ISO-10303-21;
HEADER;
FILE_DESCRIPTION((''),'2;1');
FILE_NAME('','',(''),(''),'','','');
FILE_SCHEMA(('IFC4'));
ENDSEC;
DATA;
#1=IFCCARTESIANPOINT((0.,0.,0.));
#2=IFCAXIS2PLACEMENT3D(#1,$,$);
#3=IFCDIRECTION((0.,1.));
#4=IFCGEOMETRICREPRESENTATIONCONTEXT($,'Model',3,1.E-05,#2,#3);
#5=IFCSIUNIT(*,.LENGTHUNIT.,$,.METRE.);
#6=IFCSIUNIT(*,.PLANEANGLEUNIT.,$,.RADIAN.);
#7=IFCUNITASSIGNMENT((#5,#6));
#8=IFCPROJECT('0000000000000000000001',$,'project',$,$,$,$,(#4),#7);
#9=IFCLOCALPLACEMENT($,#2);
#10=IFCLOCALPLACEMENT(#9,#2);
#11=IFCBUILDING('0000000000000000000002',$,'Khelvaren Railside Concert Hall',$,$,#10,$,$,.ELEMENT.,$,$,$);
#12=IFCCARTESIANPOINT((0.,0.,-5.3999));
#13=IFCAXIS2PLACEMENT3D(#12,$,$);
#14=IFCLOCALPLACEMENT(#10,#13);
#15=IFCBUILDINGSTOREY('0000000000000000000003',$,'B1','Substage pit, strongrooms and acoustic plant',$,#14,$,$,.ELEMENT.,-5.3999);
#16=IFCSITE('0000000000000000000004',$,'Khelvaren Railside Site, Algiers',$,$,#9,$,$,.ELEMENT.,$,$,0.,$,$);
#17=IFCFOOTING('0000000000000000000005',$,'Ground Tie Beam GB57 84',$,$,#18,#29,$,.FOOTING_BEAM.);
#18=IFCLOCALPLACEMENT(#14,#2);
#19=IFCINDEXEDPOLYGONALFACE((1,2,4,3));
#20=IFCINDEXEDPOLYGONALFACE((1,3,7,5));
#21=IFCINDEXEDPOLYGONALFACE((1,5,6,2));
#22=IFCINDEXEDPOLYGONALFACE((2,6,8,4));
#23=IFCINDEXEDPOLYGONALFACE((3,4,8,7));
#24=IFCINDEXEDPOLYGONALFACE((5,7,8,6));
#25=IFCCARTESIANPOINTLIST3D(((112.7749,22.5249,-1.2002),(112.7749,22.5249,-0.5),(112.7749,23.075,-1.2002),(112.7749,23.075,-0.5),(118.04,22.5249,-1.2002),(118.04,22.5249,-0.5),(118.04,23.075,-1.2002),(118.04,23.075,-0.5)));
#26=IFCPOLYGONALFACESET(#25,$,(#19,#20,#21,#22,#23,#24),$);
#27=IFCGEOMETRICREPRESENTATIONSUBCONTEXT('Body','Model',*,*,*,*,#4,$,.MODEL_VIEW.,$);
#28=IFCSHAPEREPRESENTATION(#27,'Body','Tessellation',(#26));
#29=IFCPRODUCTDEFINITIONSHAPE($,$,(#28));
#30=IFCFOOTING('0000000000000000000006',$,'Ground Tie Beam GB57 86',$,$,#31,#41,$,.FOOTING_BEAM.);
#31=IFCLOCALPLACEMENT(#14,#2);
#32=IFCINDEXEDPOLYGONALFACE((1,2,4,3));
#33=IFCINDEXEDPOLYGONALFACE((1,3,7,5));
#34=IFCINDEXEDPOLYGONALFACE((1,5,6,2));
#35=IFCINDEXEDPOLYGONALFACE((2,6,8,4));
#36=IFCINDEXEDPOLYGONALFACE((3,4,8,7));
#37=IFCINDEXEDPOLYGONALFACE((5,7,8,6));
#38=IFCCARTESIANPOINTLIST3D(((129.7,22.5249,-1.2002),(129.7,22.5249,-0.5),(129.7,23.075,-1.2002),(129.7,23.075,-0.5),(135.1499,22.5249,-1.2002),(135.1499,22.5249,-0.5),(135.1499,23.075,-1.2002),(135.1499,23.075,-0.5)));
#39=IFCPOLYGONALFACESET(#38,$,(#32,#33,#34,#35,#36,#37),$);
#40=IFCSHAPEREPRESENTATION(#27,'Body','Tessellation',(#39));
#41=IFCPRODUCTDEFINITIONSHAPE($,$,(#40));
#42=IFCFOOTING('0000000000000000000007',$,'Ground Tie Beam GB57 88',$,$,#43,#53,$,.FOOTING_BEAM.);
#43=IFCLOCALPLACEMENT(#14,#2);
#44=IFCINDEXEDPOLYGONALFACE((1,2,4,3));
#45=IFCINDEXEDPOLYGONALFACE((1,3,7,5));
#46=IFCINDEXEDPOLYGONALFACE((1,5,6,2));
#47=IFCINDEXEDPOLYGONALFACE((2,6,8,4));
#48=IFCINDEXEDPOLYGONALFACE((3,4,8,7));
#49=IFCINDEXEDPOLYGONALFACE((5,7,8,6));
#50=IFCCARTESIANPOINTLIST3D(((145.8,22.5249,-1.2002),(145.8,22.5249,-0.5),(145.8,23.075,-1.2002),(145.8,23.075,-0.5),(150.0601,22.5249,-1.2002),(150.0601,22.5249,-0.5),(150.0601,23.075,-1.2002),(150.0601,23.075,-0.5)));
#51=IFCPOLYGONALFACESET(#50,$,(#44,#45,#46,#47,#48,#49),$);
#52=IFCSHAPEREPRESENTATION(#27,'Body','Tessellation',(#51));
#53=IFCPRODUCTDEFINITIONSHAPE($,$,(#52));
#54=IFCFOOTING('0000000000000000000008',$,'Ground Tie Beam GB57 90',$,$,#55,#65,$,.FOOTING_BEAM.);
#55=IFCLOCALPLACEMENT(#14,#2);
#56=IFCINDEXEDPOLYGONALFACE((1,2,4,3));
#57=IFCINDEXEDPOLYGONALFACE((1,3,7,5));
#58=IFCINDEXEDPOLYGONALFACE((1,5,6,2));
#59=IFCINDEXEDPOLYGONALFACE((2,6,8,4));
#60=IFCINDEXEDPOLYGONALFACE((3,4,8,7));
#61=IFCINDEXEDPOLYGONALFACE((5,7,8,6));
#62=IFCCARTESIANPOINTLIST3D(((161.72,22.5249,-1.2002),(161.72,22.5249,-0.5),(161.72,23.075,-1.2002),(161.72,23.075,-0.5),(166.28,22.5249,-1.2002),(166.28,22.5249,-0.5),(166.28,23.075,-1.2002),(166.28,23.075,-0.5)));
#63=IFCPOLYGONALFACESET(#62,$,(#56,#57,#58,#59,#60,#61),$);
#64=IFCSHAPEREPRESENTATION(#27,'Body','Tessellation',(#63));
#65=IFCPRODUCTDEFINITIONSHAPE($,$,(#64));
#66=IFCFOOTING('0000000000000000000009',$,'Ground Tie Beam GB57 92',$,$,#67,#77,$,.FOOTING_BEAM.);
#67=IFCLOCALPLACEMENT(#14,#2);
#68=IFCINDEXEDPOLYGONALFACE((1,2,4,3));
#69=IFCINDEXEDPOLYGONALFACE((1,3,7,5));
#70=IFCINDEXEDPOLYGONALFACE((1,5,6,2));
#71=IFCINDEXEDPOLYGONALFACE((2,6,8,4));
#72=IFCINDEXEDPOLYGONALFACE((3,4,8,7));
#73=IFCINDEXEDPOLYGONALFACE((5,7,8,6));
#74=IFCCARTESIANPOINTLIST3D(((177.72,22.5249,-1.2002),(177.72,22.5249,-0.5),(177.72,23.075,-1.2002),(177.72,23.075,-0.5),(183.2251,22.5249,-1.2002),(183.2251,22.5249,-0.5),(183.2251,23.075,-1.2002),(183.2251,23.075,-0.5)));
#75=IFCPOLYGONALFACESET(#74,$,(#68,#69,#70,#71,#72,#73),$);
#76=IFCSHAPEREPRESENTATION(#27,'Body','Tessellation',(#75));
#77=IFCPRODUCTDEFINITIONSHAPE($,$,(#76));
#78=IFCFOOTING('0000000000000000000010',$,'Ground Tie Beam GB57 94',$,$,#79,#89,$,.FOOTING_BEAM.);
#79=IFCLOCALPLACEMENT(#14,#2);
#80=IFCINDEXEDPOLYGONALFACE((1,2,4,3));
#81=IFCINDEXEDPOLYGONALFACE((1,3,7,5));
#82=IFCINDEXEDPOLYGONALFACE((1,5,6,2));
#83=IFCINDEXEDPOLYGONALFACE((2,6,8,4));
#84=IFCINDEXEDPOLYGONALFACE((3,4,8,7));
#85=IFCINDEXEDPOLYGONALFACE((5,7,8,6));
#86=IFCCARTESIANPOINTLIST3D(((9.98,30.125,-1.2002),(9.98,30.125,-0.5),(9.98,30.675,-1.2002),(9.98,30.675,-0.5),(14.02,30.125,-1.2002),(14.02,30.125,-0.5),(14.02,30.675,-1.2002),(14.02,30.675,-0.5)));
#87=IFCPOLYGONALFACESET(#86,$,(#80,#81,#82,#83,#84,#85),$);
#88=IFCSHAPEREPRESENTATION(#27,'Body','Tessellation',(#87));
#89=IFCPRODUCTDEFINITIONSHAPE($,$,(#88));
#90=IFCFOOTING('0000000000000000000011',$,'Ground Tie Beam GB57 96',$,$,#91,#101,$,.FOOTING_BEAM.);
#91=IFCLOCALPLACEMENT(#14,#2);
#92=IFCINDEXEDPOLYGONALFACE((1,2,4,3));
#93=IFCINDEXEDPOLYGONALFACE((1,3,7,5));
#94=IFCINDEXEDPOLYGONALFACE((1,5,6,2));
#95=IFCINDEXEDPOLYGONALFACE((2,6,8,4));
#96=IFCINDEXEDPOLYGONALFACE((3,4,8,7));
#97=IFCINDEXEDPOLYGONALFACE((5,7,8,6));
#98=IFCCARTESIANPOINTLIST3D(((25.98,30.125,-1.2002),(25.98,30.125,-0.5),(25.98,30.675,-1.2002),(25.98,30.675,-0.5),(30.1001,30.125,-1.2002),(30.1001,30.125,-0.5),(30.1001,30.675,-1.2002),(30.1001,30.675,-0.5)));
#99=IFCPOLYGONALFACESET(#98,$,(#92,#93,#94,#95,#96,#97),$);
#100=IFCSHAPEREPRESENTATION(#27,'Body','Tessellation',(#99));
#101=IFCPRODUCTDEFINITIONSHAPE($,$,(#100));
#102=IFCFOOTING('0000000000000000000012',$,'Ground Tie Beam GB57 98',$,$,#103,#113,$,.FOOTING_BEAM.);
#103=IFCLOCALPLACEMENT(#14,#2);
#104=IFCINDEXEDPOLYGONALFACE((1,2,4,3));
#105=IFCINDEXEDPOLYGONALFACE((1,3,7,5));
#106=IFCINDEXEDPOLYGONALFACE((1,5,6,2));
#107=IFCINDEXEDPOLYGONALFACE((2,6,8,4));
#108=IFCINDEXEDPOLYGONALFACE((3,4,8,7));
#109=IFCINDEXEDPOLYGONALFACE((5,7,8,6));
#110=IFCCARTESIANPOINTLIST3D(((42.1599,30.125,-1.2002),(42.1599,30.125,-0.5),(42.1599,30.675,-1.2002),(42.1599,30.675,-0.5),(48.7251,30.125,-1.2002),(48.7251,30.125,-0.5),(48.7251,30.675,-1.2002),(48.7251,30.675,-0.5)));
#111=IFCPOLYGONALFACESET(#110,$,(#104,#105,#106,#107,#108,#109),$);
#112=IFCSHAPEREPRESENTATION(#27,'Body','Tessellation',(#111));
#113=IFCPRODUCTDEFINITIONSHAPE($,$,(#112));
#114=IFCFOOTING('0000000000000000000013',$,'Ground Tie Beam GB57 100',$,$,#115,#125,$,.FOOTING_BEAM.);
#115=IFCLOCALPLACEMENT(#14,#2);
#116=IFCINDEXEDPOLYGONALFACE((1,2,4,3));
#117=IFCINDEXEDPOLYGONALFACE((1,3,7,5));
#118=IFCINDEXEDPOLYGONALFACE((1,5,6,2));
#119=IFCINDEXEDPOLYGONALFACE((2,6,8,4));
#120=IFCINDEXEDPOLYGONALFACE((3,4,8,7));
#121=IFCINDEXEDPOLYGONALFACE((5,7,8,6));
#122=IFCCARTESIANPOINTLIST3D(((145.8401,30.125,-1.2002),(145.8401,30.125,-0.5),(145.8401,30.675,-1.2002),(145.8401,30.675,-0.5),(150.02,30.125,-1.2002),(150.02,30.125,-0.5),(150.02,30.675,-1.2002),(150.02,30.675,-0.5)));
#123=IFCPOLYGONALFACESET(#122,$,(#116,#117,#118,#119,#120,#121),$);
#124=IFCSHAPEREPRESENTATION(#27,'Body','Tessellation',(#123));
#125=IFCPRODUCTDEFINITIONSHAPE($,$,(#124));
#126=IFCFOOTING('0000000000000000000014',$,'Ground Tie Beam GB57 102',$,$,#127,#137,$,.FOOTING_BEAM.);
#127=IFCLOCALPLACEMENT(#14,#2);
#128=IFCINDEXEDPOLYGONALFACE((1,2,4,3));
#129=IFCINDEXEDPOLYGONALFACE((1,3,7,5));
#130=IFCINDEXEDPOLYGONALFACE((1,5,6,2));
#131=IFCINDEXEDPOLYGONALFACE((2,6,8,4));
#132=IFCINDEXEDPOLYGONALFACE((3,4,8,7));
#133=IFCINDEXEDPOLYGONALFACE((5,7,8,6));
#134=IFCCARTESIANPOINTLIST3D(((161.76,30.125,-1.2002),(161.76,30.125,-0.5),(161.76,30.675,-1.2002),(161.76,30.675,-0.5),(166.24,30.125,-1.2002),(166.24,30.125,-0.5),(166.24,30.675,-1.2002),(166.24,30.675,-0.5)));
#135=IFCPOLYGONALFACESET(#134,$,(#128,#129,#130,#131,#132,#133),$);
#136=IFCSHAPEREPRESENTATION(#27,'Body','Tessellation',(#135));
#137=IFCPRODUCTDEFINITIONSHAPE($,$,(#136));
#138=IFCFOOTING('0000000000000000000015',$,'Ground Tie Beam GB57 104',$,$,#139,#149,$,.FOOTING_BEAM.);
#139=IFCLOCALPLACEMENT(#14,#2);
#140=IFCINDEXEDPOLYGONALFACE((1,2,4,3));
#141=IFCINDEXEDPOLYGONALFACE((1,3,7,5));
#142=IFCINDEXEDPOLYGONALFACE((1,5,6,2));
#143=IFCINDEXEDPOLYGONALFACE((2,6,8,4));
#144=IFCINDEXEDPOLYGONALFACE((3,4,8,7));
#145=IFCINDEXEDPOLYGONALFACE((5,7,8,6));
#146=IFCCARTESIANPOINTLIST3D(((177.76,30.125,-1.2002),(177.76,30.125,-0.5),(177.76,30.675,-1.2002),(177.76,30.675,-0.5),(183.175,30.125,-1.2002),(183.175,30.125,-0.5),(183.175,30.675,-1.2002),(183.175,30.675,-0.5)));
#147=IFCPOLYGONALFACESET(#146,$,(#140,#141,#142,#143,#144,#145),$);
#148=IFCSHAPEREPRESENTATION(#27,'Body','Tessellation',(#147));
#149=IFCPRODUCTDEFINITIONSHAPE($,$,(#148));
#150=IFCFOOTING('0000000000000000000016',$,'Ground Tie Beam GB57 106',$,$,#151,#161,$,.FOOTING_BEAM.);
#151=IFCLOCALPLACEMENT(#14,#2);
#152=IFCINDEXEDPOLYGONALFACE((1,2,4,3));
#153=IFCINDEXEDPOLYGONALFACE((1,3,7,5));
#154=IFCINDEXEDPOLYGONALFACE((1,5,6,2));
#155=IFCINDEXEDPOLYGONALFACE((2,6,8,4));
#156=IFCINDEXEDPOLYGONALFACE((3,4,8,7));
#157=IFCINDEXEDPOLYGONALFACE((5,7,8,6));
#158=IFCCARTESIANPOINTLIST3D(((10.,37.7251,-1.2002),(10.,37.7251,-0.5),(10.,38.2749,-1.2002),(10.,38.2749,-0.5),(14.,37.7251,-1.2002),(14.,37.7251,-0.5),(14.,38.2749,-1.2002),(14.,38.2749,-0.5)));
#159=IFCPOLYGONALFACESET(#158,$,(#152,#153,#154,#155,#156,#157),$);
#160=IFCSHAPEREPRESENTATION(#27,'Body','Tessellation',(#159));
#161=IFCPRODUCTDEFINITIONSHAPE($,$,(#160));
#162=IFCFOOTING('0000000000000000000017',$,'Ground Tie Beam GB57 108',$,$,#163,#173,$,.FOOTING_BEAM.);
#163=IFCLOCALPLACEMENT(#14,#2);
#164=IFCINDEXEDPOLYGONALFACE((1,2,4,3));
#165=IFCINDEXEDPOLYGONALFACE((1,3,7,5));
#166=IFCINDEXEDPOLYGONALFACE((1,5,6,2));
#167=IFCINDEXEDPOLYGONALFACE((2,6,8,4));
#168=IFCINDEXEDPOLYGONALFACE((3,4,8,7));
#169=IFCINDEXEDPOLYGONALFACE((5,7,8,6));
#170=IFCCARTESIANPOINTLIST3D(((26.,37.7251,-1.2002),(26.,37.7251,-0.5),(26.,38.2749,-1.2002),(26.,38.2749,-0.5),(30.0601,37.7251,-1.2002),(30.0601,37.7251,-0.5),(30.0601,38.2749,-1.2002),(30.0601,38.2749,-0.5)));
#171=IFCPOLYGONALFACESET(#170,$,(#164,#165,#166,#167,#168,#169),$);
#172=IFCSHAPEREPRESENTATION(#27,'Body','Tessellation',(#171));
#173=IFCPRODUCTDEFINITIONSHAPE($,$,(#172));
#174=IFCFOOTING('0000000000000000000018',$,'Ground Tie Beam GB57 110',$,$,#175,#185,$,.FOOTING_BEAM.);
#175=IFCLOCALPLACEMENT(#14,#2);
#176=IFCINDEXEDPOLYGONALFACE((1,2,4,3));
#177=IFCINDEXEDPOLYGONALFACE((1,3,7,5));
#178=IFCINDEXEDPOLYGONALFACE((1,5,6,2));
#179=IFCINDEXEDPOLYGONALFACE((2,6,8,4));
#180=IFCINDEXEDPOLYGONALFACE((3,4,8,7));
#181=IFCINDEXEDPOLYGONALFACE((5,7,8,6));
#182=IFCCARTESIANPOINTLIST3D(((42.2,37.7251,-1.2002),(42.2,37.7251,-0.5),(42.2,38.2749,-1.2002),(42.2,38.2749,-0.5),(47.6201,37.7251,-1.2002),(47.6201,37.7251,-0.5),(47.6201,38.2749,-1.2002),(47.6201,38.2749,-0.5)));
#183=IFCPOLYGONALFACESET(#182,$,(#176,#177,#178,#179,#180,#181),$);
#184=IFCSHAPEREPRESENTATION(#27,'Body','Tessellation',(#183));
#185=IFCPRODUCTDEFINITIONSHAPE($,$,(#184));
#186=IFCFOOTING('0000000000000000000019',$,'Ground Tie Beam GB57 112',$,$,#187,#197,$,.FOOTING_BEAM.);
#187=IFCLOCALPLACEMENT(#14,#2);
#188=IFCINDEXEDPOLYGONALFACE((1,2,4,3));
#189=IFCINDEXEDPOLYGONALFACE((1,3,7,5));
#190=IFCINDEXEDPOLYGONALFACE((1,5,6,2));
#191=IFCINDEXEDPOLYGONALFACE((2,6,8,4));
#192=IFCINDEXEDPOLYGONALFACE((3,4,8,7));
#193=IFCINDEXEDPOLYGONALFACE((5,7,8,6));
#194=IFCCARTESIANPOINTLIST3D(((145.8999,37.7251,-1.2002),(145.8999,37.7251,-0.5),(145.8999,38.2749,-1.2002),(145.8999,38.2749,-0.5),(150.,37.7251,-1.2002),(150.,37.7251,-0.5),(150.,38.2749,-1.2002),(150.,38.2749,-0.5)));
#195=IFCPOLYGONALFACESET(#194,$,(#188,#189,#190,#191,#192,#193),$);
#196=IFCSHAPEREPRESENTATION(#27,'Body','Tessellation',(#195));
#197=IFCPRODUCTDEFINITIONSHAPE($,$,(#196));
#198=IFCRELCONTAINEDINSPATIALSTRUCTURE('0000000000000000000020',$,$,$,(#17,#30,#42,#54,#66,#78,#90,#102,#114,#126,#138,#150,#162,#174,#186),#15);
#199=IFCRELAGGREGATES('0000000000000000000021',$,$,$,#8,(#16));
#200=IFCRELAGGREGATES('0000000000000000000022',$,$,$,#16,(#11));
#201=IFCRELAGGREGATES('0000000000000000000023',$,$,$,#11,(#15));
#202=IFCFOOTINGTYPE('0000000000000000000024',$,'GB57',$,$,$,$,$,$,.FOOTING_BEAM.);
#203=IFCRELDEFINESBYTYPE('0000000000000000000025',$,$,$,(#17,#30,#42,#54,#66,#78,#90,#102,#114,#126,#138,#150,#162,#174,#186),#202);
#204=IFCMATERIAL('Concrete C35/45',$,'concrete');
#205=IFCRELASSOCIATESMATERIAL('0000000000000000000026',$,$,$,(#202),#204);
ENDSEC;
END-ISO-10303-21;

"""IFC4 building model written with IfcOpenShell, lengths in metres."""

from ifc_helpers import new_model, si_unit, direction, frame, origin, place, context, subcontext, project, spatial, polyline, outline, extrude, material, type_object, element, save


model = new_model("IFC4")

# Units and contexts
model_context = context("Model", 3, precision=1e-05, world=origin(), true_north=direction((0.0, 1.0)))
body_context = subcontext(model_context, "Body", "Model", "MODEL_VIEW")
ifc_project = project(units=[si_unit("LENGTHUNIT", "METRE"), si_unit("PLANEANGLEUNIT", "RADIAN")], contexts=[model_context])

# Site, building, storey
site_placement = place(None, origin())
site = spatial("IfcSite", under=ifc_project, at=site_placement, Name="Khelvaren Railside Site, Algiers", CompositionType="ELEMENT", RefElevation=0.0)
building_placement = place(site_placement, origin())
building = spatial("IfcBuilding", under=site, at=building_placement, Name="Khelvaren Railside Concert Hall", CompositionType="ELEMENT")
storey_placement = place(building_placement, frame((0.0, 0.0, -5.3999)))
storey = spatial("IfcBuildingStorey", under=building, at=storey_placement, Name="B1", Description="Substage pit, strongrooms and acoustic plant", CompositionType="ELEMENT", Elevation=-5.3999)

# Footings
ifc_material = material(Name="Concrete C35/45", Category="concrete")
footing_type = type_object("IfcFootingType", Name="GB57", PredefinedType="FOOTING_BEAM", material=ifc_material)
footing_1_placement = place(storey_placement, frame((0.0, 0.0, -1.2002)))
element("IfcFooting", 1, at=footing_1_placement, inside=storey, type_object=footing_type, Name="Ground Tie Beam GB57 84", PredefinedType="FOOTING_BEAM", context=body_context, shape_type="SweptSolid", body=[
    extrude(outline(polyline([(112.7749, 22.5249), (118.04, 22.5249), (118.04, 23.075), (112.7749, 23.075), (112.7749, 22.5249)])), origin(), (0.0, 0.0, 1.0), 0.7002),
])
footing_2_placement = place(storey_placement, frame((0.0, 0.0, -1.2002)))
element("IfcFooting", 2, at=footing_2_placement, inside=storey, type_object=footing_type, Name="Ground Tie Beam GB57 86", PredefinedType="FOOTING_BEAM", context=body_context, shape_type="SweptSolid", body=[
    extrude(outline(polyline([(129.7, 22.5249), (135.1499, 22.5249), (135.1499, 23.075), (129.7, 23.075), (129.7, 22.5249)])), origin(), (0.0, 0.0, 1.0), 0.7002),
])
footing_3_placement = place(storey_placement, frame((0.0, 0.0, -1.2002)))
element("IfcFooting", 3, at=footing_3_placement, inside=storey, type_object=footing_type, Name="Ground Tie Beam GB57 88", PredefinedType="FOOTING_BEAM", context=body_context, shape_type="SweptSolid", body=[
    extrude(outline(polyline([(145.8, 22.5249), (150.0601, 22.5249), (150.0601, 23.075), (145.8, 23.075), (145.8, 22.5249)])), origin(), (0.0, 0.0, 1.0), 0.7002),
])
footing_4_placement = place(storey_placement, frame((0.0, 0.0, -1.2002)))
element("IfcFooting", 4, at=footing_4_placement, inside=storey, type_object=footing_type, Name="Ground Tie Beam GB57 90", PredefinedType="FOOTING_BEAM", context=body_context, shape_type="SweptSolid", body=[
    extrude(outline(polyline([(161.72, 22.5249), (166.28, 22.5249), (166.28, 23.075), (161.72, 23.075), (161.72, 22.5249)])), origin(), (0.0, 0.0, 1.0), 0.7002),
])
footing_5_placement = place(storey_placement, frame((0.0, 0.0, -1.2002)))
element("IfcFooting", 5, at=footing_5_placement, inside=storey, type_object=footing_type, Name="Ground Tie Beam GB57 92", PredefinedType="FOOTING_BEAM", context=body_context, shape_type="SweptSolid", body=[
    extrude(outline(polyline([(177.72, 22.5249), (183.2251, 22.5249), (183.2251, 23.075), (177.72, 23.075), (177.72, 22.5249)])), origin(), (0.0, 0.0, 1.0), 0.7002),
])
footing_6_placement = place(storey_placement, frame((0.0, 0.0, -1.2002)))
element("IfcFooting", 6, at=footing_6_placement, inside=storey, type_object=footing_type, Name="Ground Tie Beam GB57 94", PredefinedType="FOOTING_BEAM", context=body_context, shape_type="SweptSolid", body=[
    extrude(outline(polyline([(9.98, 30.125), (14.02, 30.125), (14.02, 30.675), (9.98, 30.675), (9.98, 30.125)])), origin(), (0.0, 0.0, 1.0), 0.7002),
])
footing_7_placement = place(storey_placement, frame((0.0, 0.0, -1.2002)))
element("IfcFooting", 7, at=footing_7_placement, inside=storey, type_object=footing_type, Name="Ground Tie Beam GB57 96", PredefinedType="FOOTING_BEAM", context=body_context, shape_type="SweptSolid", body=[
    extrude(outline(polyline([(25.98, 30.125), (30.1001, 30.125), (30.1001, 30.675), (25.98, 30.675), (25.98, 30.125)])), origin(), (0.0, 0.0, 1.0), 0.7002),
])
footing_8_placement = place(storey_placement, frame((0.0, 0.0, -1.2002)))
element("IfcFooting", 8, at=footing_8_placement, inside=storey, type_object=footing_type, Name="Ground Tie Beam GB57 98", PredefinedType="FOOTING_BEAM", context=body_context, shape_type="SweptSolid", body=[
    extrude(outline(polyline([(42.1599, 30.125), (48.7251, 30.125), (48.7251, 30.675), (42.1599, 30.675), (42.1599, 30.125)])), origin(), (0.0, 0.0, 1.0), 0.7002),
])
footing_9_placement = place(storey_placement, frame((0.0, 0.0, -1.2002)))
element("IfcFooting", 9, at=footing_9_placement, inside=storey, type_object=footing_type, Name="Ground Tie Beam GB57 100", PredefinedType="FOOTING_BEAM", context=body_context, shape_type="SweptSolid", body=[
    extrude(outline(polyline([(145.8401, 30.125), (150.02, 30.125), (150.02, 30.675), (145.8401, 30.675), (145.8401, 30.125)])), origin(), (0.0, 0.0, 1.0), 0.7002),
])
footing_10_placement = place(storey_placement, frame((0.0, 0.0, -1.2002)))
element("IfcFooting", 10, at=footing_10_placement, inside=storey, type_object=footing_type, Name="Ground Tie Beam GB57 102", PredefinedType="FOOTING_BEAM", context=body_context, shape_type="SweptSolid", body=[
    extrude(outline(polyline([(161.76, 30.125), (166.24, 30.125), (166.24, 30.675), (161.76, 30.675), (161.76, 30.125)])), origin(), (0.0, 0.0, 1.0), 0.7002),
])
footing_11_placement = place(storey_placement, frame((0.0, 0.0, -1.2002)))
element("IfcFooting", 11, at=footing_11_placement, inside=storey, type_object=footing_type, Name="Ground Tie Beam GB57 104", PredefinedType="FOOTING_BEAM", context=body_context, shape_type="SweptSolid", body=[
    extrude(outline(polyline([(177.76, 30.125), (183.175, 30.125), (183.175, 30.675), (177.76, 30.675), (177.76, 30.125)])), origin(), (0.0, 0.0, 1.0), 0.7002),
])
footing_12_placement = place(storey_placement, frame((0.0, 0.0, -1.2002)))
element("IfcFooting", 12, at=footing_12_placement, inside=storey, type_object=footing_type, Name="Ground Tie Beam GB57 106", PredefinedType="FOOTING_BEAM", context=body_context, shape_type="SweptSolid", body=[
    extrude(outline(polyline([(10.0, 37.7251), (14.0, 37.7251), (14.0, 38.2749), (10.0, 38.2749), (10.0, 37.7251)])), origin(), (0.0, 0.0, 1.0), 0.7002),
])
footing_13_placement = place(storey_placement, frame((0.0, 0.0, -1.2002)))
element("IfcFooting", 13, at=footing_13_placement, inside=storey, type_object=footing_type, Name="Ground Tie Beam GB57 108", PredefinedType="FOOTING_BEAM", context=body_context, shape_type="SweptSolid", body=[
    extrude(outline(polyline([(26.0, 37.7251), (30.0601, 37.7251), (30.0601, 38.2749), (26.0, 38.2749), (26.0, 37.7251)])), origin(), (0.0, 0.0, 1.0), 0.7002),
])
footing_14_placement = place(storey_placement, frame((0.0, 0.0, -1.2002)))
element("IfcFooting", 14, at=footing_14_placement, inside=storey, type_object=footing_type, Name="Ground Tie Beam GB57 110", PredefinedType="FOOTING_BEAM", context=body_context, shape_type="SweptSolid", body=[
    extrude(outline(polyline([(42.2, 37.7251), (47.6201, 37.7251), (47.6201, 38.2749), (42.2, 38.2749), (42.2, 37.7251)])), origin(), (0.0, 0.0, 1.0), 0.7002),
])
footing_15_placement = place(storey_placement, frame((0.0, 0.0, -1.2002)))
element("IfcFooting", 15, at=footing_15_placement, inside=storey, type_object=footing_type, Name="Ground Tie Beam GB57 112", PredefinedType="FOOTING_BEAM", context=body_context, shape_type="SweptSolid", body=[
    extrude(outline(polyline([(145.8999, 37.7251), (150.0, 37.7251), (150.0, 38.2749), (145.8999, 38.2749), (145.8999, 37.7251)])), origin(), (0.0, 0.0, 1.0), 0.7002),
])

save(model, "model.ifc")
